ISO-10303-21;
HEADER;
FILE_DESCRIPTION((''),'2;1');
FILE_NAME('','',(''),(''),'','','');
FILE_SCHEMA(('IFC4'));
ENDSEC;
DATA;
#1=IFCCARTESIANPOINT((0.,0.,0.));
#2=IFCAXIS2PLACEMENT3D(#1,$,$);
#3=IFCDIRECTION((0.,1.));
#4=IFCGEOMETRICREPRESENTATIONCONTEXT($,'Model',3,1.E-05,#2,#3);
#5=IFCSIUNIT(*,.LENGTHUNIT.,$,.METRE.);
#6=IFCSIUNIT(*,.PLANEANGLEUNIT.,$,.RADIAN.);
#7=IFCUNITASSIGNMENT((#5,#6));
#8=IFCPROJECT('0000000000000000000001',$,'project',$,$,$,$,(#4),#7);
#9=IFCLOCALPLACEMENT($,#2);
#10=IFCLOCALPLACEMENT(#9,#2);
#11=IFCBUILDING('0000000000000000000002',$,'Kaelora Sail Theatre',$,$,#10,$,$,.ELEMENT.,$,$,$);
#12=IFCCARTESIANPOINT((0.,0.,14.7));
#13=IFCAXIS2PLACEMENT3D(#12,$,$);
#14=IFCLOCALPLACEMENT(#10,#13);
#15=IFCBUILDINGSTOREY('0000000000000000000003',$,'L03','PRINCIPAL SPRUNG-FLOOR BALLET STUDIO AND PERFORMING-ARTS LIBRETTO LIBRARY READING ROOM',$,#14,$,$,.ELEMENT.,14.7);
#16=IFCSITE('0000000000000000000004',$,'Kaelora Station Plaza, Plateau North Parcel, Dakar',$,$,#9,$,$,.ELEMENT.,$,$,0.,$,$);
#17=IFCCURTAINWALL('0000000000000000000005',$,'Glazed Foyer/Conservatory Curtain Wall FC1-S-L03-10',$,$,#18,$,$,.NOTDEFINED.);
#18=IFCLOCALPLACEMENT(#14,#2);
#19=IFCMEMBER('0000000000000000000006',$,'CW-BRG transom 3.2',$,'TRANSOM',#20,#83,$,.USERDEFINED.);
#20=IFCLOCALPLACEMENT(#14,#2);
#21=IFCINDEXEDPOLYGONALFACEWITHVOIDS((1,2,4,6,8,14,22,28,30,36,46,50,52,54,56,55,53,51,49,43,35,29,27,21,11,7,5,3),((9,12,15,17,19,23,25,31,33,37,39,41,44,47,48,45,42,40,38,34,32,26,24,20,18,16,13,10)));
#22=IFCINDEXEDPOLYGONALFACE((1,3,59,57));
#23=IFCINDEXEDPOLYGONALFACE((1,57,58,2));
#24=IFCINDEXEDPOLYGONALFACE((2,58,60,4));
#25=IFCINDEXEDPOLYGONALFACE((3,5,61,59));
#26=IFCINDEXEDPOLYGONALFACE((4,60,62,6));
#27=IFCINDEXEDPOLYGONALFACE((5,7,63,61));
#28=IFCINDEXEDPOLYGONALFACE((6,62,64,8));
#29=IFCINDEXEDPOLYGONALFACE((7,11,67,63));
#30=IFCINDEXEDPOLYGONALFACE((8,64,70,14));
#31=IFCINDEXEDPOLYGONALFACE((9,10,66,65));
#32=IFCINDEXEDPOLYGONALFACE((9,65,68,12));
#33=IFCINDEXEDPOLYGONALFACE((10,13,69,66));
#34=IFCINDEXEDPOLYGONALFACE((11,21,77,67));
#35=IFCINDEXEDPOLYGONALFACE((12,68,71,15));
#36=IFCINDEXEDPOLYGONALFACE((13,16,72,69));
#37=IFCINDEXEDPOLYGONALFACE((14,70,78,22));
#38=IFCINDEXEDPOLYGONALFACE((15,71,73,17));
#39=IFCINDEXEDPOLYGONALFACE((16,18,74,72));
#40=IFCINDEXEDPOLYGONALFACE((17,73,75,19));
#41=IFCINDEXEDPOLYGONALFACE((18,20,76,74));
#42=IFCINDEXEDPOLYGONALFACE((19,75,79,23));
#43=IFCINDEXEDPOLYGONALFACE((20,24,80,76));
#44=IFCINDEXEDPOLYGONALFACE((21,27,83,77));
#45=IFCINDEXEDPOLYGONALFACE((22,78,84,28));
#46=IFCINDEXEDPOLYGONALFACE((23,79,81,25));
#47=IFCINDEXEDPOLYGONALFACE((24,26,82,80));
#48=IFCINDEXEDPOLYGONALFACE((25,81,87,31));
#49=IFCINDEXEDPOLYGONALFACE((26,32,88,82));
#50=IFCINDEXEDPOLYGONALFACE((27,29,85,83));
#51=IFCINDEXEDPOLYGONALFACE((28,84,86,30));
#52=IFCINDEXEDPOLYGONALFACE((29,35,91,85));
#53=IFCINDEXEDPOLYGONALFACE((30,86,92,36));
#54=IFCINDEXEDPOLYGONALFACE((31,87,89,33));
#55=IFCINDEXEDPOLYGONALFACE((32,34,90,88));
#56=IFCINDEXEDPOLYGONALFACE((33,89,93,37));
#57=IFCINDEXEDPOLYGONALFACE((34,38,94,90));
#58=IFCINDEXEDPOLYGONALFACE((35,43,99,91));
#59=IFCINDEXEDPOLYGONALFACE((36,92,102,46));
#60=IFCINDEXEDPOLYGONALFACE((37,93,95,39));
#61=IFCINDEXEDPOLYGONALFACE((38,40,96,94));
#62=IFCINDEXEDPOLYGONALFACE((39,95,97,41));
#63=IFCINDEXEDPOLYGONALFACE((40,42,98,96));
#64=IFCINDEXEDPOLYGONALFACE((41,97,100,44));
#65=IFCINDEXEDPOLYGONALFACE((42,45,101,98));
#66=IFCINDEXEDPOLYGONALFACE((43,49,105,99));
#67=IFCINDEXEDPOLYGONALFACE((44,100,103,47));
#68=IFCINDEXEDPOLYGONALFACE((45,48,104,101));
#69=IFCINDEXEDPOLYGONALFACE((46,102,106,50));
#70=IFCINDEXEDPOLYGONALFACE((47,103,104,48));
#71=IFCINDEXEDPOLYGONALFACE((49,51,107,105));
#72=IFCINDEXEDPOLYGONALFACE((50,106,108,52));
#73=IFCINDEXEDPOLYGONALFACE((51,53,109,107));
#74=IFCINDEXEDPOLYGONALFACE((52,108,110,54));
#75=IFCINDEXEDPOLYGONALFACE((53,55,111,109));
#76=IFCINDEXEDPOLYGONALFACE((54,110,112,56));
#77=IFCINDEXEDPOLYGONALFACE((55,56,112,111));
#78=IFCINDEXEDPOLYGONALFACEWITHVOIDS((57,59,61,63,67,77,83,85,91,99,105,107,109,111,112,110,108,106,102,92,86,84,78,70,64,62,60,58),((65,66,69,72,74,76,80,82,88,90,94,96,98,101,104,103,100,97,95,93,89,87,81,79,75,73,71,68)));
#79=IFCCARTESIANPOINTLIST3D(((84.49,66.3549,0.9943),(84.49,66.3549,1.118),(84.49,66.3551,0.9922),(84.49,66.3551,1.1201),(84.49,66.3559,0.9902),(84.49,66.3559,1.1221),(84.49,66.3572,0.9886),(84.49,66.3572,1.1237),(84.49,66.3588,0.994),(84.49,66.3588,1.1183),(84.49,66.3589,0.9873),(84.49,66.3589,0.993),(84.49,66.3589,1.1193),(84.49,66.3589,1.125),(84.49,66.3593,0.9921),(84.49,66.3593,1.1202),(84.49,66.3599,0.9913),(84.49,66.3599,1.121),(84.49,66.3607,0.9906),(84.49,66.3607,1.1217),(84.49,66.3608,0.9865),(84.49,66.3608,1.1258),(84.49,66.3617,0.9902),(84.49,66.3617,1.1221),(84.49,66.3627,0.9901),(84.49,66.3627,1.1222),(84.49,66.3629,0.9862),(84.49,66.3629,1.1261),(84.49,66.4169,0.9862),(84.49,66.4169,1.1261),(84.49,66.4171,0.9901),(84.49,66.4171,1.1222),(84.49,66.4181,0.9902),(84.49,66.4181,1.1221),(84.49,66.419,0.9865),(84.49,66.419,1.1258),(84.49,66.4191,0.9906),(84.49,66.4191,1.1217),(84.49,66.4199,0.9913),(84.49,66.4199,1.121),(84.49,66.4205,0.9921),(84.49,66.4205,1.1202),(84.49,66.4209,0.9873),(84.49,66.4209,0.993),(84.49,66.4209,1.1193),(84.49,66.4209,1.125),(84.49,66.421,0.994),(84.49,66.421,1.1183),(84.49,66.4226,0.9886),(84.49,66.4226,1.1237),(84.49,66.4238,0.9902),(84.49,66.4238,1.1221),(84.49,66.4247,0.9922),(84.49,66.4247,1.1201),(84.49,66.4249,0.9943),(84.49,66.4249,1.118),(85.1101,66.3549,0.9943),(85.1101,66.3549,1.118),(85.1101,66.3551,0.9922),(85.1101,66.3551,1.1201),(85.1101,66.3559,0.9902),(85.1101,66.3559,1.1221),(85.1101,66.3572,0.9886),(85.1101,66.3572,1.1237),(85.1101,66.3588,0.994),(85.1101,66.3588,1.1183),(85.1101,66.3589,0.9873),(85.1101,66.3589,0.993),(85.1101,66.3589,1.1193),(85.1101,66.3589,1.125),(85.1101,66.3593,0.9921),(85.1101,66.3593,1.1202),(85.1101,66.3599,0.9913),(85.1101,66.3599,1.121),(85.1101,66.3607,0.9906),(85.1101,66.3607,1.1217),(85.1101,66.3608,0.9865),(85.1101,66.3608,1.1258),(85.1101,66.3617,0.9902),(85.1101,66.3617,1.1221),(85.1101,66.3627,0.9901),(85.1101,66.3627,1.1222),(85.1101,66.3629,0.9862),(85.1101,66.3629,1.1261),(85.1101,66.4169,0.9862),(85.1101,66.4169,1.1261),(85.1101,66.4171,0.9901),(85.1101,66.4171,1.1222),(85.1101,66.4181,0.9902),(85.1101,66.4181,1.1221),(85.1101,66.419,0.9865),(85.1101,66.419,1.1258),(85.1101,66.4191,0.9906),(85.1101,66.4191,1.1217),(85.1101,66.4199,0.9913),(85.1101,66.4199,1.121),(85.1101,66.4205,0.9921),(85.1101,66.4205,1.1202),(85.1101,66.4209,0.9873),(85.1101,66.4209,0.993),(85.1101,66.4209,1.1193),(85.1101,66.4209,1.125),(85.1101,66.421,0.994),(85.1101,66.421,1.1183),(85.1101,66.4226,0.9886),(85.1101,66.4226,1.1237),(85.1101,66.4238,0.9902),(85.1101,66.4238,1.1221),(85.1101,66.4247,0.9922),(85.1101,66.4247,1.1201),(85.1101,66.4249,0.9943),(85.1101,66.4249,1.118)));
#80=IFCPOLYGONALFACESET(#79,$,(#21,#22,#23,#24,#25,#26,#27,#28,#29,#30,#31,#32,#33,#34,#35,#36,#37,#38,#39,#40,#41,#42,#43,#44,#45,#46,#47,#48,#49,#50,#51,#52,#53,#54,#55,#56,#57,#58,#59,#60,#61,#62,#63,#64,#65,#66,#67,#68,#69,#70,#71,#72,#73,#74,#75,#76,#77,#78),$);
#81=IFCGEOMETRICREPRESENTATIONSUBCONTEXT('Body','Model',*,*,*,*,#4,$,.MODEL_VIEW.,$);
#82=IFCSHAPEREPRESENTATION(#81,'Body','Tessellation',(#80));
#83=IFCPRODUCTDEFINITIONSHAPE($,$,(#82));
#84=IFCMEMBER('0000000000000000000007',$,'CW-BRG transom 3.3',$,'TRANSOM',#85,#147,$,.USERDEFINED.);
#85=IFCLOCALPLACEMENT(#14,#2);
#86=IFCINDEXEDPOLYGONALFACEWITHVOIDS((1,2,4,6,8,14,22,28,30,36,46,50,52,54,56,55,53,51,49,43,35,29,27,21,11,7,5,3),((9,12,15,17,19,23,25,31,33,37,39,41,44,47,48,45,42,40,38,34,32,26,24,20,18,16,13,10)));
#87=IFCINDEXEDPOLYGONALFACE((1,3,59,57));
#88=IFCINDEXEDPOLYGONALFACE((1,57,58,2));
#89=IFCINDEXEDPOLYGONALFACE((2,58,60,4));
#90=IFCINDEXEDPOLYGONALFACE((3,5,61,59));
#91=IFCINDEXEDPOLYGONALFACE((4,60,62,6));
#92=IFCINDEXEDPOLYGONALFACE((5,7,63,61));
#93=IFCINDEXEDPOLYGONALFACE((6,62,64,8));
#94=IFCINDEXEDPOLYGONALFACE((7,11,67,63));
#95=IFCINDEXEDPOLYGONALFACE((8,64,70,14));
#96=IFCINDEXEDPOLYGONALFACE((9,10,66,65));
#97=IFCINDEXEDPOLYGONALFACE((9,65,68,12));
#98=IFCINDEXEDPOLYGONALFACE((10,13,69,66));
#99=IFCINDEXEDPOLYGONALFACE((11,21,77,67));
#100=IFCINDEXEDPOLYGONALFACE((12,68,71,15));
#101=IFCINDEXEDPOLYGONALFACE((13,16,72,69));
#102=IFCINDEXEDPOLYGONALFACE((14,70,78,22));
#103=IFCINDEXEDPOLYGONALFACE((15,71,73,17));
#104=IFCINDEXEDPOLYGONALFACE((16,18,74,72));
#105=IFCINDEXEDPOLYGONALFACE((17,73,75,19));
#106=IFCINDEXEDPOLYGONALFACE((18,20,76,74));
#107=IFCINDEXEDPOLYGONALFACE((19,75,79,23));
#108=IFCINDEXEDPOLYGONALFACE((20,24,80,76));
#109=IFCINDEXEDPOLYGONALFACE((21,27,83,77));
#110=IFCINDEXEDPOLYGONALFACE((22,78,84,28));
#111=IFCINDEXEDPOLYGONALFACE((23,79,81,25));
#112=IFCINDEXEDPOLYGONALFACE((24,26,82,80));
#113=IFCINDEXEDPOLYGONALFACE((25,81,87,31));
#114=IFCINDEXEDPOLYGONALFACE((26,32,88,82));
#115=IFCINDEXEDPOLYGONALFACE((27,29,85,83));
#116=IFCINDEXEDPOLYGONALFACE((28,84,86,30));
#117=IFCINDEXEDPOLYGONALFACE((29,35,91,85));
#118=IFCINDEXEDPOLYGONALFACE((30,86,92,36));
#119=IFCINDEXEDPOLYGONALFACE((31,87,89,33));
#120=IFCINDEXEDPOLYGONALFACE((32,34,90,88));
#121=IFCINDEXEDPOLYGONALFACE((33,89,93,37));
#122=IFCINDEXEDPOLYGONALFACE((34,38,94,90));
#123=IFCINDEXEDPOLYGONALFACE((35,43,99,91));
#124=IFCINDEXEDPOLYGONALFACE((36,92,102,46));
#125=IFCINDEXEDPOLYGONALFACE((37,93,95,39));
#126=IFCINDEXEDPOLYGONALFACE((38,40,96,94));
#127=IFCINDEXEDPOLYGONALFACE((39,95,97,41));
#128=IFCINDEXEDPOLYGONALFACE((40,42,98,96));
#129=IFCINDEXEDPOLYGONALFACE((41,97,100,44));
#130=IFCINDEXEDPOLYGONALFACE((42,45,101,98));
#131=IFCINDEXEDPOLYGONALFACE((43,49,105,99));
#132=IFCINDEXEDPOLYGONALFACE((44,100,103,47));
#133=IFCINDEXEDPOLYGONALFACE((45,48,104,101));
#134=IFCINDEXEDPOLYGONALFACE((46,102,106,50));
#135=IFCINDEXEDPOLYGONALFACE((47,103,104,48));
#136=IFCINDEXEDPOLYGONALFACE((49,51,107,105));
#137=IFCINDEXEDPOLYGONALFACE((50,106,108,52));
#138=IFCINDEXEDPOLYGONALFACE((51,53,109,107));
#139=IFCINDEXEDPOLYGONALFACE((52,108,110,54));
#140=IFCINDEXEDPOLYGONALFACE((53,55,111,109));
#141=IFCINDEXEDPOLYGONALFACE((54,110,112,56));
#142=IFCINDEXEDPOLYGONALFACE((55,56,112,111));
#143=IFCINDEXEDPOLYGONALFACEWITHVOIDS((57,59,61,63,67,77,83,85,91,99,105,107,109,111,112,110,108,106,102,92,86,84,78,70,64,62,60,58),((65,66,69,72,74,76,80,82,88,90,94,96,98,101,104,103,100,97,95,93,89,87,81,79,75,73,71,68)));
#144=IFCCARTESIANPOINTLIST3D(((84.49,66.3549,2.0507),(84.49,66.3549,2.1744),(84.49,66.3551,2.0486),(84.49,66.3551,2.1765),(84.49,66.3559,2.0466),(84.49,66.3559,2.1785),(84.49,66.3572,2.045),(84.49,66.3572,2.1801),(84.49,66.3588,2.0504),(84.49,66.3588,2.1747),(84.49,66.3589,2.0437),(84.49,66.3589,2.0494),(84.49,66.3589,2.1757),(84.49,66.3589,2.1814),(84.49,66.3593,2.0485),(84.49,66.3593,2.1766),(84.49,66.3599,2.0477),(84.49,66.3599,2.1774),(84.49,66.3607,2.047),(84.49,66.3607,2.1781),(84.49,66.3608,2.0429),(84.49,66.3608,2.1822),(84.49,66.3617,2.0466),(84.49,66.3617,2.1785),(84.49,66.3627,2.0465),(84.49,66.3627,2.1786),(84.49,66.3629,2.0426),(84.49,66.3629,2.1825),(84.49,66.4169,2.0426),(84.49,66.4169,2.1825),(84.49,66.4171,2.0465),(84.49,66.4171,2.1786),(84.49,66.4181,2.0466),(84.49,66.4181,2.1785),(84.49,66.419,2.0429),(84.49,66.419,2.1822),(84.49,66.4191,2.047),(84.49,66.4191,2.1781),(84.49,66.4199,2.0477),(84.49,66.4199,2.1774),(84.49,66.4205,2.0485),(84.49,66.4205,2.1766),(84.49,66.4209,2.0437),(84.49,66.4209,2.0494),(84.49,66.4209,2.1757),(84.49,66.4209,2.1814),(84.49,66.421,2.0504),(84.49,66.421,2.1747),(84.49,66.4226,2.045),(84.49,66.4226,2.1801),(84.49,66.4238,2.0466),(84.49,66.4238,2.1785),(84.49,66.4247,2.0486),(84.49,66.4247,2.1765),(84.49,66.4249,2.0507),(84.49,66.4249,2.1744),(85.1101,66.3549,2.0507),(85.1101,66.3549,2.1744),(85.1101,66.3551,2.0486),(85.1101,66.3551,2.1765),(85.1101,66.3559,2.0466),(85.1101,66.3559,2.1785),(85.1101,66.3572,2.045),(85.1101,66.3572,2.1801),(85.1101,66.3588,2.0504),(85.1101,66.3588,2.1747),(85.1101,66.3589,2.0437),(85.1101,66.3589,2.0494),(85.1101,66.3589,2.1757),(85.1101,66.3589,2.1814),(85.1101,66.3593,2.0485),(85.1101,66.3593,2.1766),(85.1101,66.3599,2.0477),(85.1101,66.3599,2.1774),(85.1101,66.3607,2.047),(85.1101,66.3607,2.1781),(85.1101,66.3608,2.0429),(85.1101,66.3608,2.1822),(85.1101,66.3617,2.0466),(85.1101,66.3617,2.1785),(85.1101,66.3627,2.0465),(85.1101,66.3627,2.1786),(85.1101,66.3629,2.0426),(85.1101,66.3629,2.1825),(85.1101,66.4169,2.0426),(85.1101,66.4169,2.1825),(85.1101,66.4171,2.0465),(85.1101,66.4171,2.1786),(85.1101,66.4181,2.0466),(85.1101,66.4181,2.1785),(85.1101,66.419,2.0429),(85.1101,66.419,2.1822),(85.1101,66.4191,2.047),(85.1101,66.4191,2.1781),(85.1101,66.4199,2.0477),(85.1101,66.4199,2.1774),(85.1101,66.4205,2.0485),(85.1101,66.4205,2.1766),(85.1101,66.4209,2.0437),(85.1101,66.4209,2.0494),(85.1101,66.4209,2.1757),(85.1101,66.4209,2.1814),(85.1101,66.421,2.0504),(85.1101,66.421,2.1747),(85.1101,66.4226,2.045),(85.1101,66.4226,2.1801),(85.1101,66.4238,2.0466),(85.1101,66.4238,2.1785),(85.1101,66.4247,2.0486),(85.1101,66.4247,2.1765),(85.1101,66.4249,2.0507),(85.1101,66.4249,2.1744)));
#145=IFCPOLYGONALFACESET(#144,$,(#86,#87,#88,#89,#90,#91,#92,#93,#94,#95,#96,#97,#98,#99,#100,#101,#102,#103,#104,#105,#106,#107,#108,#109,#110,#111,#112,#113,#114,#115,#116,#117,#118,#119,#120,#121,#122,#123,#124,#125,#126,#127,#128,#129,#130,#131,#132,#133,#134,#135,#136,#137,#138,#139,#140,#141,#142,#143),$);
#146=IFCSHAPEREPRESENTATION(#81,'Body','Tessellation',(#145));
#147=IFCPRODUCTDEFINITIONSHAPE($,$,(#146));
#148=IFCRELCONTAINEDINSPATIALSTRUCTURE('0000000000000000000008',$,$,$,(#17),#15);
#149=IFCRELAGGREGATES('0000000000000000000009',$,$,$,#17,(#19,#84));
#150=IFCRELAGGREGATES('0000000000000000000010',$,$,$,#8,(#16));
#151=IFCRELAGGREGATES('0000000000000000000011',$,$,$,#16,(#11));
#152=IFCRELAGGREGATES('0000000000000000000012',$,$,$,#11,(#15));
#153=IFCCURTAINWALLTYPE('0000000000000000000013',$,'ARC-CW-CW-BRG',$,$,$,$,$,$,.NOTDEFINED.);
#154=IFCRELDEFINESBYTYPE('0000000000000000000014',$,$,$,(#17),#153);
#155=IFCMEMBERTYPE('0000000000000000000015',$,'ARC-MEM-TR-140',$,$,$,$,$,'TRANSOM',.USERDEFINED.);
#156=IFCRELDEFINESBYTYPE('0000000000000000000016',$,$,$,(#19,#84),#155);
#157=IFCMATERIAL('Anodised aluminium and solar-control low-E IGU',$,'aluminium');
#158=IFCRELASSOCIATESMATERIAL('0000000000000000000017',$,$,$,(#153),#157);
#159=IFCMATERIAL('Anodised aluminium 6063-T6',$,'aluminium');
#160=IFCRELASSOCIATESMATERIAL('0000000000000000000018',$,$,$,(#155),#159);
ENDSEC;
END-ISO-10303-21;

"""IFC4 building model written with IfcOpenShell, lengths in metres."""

from ifc_helpers import new_model, si_unit, direction, frame, origin, origin_2d, place, context, subcontext, project, spatial, hollow_rectangle, extrude, material, material_profile, profile_set, type_object, element, aggregate, save


model = new_model("IFC4")

# Units and contexts
model_context = context("Model", 3, precision=1e-05, world=origin(), true_north=direction((0.0, 1.0)))
body_context = subcontext(model_context, "Body", "Model", "MODEL_VIEW")
ifc_project = project(units=[si_unit("LENGTHUNIT", "METRE"), si_unit("PLANEANGLEUNIT", "RADIAN")], contexts=[model_context])

# Site, building, storey
site_placement = place(None, origin())
site = spatial("IfcSite", under=ifc_project, at=site_placement, Name="Kaelora Station Plaza, Plateau North Parcel, Dakar", CompositionType="ELEMENT", RefElevation=0.0)
building_placement = place(site_placement, origin())
building = spatial("IfcBuilding", under=site, at=building_placement, Name="Kaelora Sail Theatre", CompositionType="ELEMENT")
storey_placement = place(building_placement, frame((0.0, 0.0, 14.7)))
storey = spatial("IfcBuildingStorey", under=building, at=storey_placement, Name="L03", Description="PRINCIPAL SPRUNG-FLOOR BALLET STUDIO AND PERFORMING-ARTS LIBRETTO LIBRARY READING ROOM", CompositionType="ELEMENT", Elevation=14.7)

# Curtain wall, members
ifc_material_1 = material(Name="Anodised aluminium and solar-control low-E IGU", Category="aluminium")
curtain_wall_type = type_object("IfcCurtainWallType", Name="ARC-CW-CW-BRG", PredefinedType="NOTDEFINED", material=ifc_material_1)
curtain_wall_placement = place(storey_placement, origin())
curtain_wall = element("IfcCurtainWall", 1, at=curtain_wall_placement, inside=storey, type_object=curtain_wall_type, Name="Glazed Foyer/Conservatory Curtain Wall FC1-S-L03-10", PredefinedType="NOTDEFINED")
ifc_material_2 = material(Name="Anodised aluminium 6063-T6", Category="aluminium")
ifc_material_profile_1 = material_profile(ifc_material_2, hollow_rectangle(XDim=0.0701, YDim=0.1399, WallThickness=0.0039, InnerFilletRadius=0.0039, OuterFilletRadius=0.0081, at=origin_2d()), Name="ALU-TRAN 70x140x4")
ifc_profile_set_1 = profile_set([ifc_material_profile_1], Name="Anodised aluminium 6063-T6")
member_type_1 = type_object("IfcMemberType", Name="ARC-MEM-TR-140", ElementType="TRANSOM", PredefinedType="USERDEFINED", material=ifc_profile_set_1)
member_1_placement = place(storey_placement, frame((84.49, 66.3899, 1.0562), z_axis=(1.0, 0.0, 0.0), x_axis=(0.0, 1.0, 0.0)))
member_1 = element("IfcMember", 2, at=member_1_placement, type_object=member_type_1, Name="CW-BRG transom 3.2", ObjectType="TRANSOM", PredefinedType="USERDEFINED", context=body_context, shape_type="SweptSolid", body=[
    extrude(hollow_rectangle(XDim=0.0701, YDim=0.1399, WallThickness=0.0039, InnerFilletRadius=0.0039, OuterFilletRadius=0.0081, at=origin_2d()), origin(), (0.0, 0.0, 1.0), 0.6201),
])
member_2_placement = place(storey_placement, frame((84.49, 66.3899, 2.1125), z_axis=(1.0, 0.0, 0.0), x_axis=(0.0, 1.0, 0.0)))
member_2 = element("IfcMember", 3, at=member_2_placement, type_object=member_type_1, Name="CW-BRG transom 3.3", ObjectType="TRANSOM", PredefinedType="USERDEFINED", context=body_context, shape_type="SweptSolid", body=[
    extrude(hollow_rectangle(XDim=0.0701, YDim=0.1399, WallThickness=0.0039, InnerFilletRadius=0.0039, OuterFilletRadius=0.0081, at=origin_2d()), origin(), (0.0, 0.0, 1.0), 0.6201),
])
aggregate(curtain_wall, [member_1, member_2])

save(model, "model.ifc")
